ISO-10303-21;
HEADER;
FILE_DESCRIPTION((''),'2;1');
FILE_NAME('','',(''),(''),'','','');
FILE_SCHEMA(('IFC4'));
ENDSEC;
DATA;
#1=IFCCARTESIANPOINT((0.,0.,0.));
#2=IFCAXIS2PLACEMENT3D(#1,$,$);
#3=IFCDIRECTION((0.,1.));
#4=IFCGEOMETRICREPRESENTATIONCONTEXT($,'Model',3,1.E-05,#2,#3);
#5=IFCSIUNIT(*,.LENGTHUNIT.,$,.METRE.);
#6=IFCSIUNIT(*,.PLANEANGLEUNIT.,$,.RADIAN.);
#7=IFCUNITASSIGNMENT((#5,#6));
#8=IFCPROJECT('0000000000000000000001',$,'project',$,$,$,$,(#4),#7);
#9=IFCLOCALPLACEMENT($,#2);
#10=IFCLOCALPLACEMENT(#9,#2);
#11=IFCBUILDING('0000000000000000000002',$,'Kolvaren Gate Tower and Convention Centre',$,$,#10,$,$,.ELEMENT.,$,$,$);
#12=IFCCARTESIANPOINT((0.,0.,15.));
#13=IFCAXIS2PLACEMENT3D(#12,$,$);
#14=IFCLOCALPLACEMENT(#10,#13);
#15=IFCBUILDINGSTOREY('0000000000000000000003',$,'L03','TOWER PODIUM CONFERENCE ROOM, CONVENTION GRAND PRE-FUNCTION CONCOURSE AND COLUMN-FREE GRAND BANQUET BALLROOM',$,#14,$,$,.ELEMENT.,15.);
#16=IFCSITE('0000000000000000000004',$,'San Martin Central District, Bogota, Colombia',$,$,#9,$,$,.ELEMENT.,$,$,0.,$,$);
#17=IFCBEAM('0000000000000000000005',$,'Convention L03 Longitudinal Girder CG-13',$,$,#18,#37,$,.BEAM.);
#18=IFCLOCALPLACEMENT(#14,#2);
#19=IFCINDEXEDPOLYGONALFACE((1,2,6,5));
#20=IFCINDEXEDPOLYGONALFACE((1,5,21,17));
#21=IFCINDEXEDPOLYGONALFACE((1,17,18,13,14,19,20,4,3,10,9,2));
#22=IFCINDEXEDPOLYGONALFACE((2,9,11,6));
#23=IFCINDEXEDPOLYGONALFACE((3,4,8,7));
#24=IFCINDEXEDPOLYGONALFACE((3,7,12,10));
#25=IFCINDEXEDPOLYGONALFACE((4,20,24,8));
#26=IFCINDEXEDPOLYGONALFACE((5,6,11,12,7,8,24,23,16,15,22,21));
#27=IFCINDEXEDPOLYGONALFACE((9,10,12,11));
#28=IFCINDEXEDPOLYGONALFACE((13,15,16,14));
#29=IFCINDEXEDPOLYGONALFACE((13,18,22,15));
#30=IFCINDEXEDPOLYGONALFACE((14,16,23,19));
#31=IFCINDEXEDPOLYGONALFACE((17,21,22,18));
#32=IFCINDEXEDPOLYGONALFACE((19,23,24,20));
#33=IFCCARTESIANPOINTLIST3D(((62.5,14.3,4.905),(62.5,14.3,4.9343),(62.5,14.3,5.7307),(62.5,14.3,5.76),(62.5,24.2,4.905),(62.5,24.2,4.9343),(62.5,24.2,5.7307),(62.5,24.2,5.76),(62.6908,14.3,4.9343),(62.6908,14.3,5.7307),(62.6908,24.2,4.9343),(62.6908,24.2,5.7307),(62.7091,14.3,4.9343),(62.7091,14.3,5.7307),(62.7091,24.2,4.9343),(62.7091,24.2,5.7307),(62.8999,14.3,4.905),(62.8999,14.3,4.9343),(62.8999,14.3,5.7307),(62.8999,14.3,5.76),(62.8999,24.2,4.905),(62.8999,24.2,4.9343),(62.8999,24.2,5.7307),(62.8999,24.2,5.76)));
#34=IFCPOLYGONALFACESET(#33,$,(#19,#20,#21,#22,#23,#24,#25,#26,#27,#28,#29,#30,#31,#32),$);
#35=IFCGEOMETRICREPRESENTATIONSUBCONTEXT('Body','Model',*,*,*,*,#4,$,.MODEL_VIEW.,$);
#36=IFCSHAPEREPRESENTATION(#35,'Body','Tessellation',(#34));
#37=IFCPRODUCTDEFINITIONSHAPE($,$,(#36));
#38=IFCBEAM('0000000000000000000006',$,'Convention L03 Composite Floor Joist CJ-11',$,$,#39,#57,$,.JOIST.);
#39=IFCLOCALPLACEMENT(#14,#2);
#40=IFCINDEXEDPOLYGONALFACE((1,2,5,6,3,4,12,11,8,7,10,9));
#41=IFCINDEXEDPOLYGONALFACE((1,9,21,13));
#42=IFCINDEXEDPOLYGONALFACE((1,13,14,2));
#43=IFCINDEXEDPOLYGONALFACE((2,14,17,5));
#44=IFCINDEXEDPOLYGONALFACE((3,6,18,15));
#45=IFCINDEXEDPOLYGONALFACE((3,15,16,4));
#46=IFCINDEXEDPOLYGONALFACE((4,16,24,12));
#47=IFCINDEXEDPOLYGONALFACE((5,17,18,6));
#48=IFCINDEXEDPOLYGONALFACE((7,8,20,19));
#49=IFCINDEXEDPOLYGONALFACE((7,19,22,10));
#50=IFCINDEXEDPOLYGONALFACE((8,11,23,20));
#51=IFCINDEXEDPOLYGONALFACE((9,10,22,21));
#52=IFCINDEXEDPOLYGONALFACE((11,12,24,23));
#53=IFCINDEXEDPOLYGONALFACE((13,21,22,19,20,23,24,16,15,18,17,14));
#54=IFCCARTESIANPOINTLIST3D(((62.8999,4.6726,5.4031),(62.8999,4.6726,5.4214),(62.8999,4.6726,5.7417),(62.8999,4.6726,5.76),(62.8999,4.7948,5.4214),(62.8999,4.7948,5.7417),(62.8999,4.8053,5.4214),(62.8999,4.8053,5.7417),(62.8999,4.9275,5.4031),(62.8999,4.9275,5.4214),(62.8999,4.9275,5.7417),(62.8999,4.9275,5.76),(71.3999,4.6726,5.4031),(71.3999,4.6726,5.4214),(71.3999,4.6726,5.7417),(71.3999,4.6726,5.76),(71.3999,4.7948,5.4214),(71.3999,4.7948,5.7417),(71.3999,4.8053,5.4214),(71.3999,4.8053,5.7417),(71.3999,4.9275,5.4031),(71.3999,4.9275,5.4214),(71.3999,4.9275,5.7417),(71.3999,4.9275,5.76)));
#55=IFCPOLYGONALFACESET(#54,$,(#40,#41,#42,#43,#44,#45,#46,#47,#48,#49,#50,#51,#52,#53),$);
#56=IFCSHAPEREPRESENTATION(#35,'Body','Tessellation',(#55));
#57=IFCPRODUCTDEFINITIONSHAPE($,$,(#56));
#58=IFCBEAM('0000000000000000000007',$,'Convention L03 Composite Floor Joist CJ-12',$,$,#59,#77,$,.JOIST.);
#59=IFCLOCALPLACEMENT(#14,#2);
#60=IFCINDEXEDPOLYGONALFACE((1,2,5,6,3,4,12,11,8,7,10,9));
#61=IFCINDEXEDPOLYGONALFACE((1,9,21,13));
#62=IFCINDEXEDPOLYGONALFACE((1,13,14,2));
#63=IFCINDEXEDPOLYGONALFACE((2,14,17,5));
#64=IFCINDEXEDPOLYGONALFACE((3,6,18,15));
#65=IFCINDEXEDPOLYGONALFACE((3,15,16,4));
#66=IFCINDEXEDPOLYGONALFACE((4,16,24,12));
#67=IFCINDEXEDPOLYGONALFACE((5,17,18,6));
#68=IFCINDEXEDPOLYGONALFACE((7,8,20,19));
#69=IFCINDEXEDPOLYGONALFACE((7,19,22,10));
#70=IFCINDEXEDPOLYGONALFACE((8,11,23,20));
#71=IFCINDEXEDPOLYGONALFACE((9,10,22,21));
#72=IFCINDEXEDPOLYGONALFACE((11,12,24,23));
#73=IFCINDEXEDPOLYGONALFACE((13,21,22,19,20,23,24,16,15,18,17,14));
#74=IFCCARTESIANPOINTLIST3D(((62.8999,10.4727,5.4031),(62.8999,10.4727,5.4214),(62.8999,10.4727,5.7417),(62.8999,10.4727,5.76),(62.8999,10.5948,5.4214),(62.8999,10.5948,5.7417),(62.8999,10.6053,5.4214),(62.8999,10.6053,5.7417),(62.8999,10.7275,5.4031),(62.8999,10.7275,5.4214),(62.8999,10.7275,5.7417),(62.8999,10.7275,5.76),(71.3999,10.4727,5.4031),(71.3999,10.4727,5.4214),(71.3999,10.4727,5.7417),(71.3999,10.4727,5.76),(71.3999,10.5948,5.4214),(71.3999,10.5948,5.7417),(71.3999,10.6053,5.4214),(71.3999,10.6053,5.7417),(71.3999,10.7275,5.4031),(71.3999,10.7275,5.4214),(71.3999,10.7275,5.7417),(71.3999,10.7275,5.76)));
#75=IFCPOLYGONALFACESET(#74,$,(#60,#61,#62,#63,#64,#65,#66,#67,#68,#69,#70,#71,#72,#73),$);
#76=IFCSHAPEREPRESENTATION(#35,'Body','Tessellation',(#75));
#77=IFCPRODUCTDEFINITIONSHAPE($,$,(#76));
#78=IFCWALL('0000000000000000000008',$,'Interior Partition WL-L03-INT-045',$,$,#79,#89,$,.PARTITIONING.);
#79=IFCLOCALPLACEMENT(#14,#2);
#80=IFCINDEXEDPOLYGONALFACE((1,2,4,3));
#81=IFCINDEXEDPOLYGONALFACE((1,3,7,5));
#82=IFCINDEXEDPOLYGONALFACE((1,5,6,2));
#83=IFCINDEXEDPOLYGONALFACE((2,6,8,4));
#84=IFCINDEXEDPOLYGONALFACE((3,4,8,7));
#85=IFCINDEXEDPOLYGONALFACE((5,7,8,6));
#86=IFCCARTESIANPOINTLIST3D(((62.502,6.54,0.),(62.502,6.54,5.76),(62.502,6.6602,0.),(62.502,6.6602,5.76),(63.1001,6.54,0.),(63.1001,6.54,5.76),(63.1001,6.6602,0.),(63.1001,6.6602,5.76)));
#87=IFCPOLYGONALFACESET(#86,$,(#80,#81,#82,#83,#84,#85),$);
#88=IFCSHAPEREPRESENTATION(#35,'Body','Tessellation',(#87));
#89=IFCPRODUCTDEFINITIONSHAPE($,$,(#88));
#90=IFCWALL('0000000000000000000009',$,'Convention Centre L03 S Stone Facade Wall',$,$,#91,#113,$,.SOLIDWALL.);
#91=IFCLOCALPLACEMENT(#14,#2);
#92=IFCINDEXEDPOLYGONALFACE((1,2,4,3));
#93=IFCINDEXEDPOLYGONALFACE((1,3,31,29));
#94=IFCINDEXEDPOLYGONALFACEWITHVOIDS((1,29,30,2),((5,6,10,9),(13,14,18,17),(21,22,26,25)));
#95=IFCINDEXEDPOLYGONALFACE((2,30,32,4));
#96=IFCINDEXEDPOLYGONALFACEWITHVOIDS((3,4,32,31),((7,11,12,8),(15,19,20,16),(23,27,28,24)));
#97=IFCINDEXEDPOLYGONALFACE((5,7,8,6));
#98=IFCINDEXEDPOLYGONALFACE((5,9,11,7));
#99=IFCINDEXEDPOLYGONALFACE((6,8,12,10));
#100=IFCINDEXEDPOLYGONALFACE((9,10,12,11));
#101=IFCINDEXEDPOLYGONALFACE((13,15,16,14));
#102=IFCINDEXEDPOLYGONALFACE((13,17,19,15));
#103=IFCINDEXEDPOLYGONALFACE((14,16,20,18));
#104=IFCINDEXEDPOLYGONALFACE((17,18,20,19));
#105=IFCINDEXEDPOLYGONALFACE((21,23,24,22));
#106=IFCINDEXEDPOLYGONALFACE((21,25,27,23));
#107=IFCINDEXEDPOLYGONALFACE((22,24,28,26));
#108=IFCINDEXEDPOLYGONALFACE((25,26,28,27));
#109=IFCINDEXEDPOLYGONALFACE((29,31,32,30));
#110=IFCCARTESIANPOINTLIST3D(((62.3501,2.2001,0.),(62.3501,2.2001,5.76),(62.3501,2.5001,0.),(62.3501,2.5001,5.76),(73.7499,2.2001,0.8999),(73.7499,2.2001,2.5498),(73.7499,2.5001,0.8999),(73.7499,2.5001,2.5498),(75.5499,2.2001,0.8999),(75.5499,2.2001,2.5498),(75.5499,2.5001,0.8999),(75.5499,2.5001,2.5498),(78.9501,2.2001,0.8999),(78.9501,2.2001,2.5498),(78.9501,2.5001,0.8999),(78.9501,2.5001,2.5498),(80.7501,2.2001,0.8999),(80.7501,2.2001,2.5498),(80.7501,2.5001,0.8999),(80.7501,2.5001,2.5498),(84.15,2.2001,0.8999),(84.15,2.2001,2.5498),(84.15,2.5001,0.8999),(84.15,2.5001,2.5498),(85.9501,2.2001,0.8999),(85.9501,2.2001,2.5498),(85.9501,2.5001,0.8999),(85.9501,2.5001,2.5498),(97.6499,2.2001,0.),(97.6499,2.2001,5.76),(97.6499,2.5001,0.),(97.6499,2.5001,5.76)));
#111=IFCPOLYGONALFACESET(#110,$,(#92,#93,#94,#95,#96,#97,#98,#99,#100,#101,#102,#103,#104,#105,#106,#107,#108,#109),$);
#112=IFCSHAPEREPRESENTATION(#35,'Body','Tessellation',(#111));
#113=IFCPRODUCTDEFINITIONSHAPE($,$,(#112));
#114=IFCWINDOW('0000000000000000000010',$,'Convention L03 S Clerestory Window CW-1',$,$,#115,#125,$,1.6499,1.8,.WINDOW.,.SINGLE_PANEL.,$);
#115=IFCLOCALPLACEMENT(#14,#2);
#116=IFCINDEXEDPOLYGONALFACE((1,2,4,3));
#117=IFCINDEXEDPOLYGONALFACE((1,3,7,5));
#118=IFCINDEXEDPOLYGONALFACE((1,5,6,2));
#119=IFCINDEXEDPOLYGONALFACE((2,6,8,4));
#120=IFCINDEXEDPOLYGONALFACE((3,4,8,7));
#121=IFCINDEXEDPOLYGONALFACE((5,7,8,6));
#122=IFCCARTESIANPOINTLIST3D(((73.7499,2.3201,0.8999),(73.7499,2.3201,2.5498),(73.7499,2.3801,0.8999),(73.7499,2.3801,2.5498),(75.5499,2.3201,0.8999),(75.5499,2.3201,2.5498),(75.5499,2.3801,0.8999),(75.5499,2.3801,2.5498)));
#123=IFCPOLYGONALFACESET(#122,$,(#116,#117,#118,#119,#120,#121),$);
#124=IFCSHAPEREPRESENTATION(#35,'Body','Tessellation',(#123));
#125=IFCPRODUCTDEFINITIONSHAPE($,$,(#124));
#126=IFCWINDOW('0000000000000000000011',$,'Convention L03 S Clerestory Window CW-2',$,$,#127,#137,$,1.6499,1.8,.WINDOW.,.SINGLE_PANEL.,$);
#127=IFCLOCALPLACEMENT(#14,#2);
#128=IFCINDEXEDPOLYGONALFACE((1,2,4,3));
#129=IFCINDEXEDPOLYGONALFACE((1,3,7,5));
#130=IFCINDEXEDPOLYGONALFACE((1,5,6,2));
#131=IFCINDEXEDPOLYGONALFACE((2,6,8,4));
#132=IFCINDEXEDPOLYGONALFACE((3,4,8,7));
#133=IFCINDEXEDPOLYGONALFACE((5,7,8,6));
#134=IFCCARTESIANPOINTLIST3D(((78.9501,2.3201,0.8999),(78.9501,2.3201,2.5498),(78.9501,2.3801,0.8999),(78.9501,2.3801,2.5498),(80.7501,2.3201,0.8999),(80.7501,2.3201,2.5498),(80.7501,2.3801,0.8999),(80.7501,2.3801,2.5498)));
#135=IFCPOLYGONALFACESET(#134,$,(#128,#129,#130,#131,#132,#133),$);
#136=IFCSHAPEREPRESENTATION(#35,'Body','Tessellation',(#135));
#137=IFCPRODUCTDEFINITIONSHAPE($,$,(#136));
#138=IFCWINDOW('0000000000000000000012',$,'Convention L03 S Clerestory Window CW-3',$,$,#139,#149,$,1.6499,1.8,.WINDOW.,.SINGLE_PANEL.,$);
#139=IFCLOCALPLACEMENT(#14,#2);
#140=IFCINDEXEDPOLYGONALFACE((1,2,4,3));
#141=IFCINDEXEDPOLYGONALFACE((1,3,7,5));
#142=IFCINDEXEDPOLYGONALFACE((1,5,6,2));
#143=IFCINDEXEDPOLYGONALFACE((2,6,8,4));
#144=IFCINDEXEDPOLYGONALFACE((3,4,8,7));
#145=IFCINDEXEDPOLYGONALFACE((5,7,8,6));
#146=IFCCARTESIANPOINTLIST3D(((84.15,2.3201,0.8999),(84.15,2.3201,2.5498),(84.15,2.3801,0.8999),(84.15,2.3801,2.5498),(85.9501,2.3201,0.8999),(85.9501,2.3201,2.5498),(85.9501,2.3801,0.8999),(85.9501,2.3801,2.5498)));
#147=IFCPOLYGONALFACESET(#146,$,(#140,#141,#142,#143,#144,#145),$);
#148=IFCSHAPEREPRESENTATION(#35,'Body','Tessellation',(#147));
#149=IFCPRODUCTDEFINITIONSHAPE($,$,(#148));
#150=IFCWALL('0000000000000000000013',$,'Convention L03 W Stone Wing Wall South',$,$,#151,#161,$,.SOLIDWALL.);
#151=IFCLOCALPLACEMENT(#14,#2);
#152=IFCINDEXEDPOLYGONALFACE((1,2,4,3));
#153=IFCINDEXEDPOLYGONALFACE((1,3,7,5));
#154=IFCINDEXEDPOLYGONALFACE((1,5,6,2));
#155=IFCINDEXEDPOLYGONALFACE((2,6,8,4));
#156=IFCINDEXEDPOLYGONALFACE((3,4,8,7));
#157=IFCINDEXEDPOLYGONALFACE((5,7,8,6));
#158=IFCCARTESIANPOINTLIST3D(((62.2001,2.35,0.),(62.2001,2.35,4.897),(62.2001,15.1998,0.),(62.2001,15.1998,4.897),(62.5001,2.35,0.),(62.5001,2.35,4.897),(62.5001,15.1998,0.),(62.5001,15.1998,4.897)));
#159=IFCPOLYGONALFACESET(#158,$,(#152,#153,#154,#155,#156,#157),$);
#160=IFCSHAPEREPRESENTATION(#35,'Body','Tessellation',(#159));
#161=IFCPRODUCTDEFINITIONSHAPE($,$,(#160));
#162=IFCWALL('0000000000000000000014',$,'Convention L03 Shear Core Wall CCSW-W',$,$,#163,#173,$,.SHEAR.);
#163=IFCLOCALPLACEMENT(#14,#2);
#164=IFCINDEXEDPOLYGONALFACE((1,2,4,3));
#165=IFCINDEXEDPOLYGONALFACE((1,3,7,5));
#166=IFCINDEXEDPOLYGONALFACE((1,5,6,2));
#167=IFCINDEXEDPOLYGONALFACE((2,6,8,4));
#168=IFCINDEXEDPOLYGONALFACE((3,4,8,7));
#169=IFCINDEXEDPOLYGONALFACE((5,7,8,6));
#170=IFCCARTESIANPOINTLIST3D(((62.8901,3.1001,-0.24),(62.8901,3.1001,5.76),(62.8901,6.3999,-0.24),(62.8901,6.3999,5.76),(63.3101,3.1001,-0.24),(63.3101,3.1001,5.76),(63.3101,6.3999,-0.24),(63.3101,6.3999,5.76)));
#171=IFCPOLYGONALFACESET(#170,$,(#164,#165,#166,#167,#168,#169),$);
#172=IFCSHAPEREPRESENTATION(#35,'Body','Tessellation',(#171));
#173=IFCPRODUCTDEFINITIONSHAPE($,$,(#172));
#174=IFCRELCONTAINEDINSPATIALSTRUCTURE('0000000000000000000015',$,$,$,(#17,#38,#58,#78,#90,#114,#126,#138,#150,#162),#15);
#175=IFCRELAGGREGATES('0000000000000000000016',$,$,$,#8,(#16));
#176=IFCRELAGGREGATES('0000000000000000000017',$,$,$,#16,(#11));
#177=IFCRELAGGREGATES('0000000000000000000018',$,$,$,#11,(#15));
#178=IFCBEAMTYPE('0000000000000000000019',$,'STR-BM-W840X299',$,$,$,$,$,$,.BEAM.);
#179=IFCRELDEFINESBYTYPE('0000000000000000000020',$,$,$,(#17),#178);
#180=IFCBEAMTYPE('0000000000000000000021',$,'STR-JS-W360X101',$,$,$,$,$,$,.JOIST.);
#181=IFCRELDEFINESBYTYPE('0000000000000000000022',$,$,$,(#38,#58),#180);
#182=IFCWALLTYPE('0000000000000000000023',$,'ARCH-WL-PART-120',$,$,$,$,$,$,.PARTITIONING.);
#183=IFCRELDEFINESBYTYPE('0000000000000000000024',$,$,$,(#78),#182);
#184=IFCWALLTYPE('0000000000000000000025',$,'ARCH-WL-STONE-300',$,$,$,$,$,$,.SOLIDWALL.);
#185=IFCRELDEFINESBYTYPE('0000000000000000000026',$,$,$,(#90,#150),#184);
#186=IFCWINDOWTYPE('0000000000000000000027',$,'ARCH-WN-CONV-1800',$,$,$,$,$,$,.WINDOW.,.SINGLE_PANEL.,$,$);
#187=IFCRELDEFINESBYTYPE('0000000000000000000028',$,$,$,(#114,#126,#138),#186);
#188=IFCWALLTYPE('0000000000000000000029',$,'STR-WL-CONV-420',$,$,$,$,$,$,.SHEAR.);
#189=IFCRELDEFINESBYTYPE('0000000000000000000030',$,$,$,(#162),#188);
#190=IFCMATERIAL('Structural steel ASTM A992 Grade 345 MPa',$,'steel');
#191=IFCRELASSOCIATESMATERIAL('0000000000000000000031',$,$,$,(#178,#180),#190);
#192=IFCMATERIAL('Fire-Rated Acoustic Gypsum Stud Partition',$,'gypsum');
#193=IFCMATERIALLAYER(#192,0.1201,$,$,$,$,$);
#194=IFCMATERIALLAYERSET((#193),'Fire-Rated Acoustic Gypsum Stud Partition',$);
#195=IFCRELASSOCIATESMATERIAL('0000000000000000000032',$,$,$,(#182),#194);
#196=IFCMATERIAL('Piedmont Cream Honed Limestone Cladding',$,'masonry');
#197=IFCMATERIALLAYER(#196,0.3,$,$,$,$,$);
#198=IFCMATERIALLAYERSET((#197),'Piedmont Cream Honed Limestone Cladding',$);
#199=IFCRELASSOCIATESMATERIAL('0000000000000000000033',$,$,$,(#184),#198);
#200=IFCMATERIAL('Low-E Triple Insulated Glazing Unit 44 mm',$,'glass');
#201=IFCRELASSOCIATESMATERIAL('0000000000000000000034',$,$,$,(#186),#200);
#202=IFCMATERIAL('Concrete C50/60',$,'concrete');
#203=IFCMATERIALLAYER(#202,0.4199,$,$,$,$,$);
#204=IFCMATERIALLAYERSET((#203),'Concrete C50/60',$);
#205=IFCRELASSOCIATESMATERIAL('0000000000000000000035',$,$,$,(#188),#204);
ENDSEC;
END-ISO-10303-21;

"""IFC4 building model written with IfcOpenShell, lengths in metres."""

from ifc_helpers import new_model, si_unit, direction, frame, frame_2d, origin, origin_2d, place, context, subcontext, project, spatial, rectangle, i_section, extrude, material, layer, layer_set, material_profile, profile_set, type_object, element, fill, save


model = new_model("IFC4")

# Units and contexts
model_context = context("Model", 3, precision=1e-05, world=origin(), true_north=direction((0.0, 1.0)))
body_context = subcontext(model_context, "Body", "Model", "MODEL_VIEW")
ifc_project = project(units=[si_unit("LENGTHUNIT", "METRE"), si_unit("PLANEANGLEUNIT", "RADIAN")], contexts=[model_context])

# Site, building, storey
site_placement = place(None, origin())
site = spatial("IfcSite", under=ifc_project, at=site_placement, Name="San Martin Central District, Bogota, Colombia", CompositionType="ELEMENT", RefElevation=0.0)
building_placement = place(site_placement, origin())
building = spatial("IfcBuilding", under=site, at=building_placement, Name="Kolvaren Gate Tower and Convention Centre", CompositionType="ELEMENT")
storey_placement = place(building_placement, frame((0.0, 0.0, 15.0)))
storey = spatial("IfcBuildingStorey", under=building, at=storey_placement, Name="L03", Description="TOWER PODIUM CONFERENCE ROOM, CONVENTION GRAND PRE-FUNCTION CONCOURSE AND COLUMN-FREE GRAND BANQUET BALLROOM", CompositionType="ELEMENT", Elevation=15.0)

# Shared definitions
ifc_material_1 = material(Name="Structural steel ASTM A992 Grade 345 MPa", Category="steel")

# Beams
ifc_material_profile_1 = material_profile(ifc_material_1, i_section(OverallWidth=0.3999, OverallDepth=0.855, WebThickness=0.0183, FlangeThickness=0.0293, at=origin_2d()), Name="W840X299")
ifc_profile_set_1 = profile_set([ifc_material_profile_1], Name="Structural steel ASTM A992 Grade 345 MPa")
beam_type_1 = type_object("IfcBeamType", Name="STR-BM-W840X299", PredefinedType="BEAM", material=ifc_profile_set_1)
beam_1_placement = place(storey_placement, frame((62.7, 14.3, 5.3325), z_axis=(0.0, 1.0, 0.0), x_axis=(-1.0, 0.0, 0.0)))
element("IfcBeam", 1, at=beam_1_placement, inside=storey, type_object=beam_type_1, Name="Convention L03 Longitudinal Girder CG-13", PredefinedType="BEAM", context=body_context, shape_type="SweptSolid", body=[
    extrude(i_section(OverallWidth=0.3999, OverallDepth=0.855, WebThickness=0.0183, FlangeThickness=0.0293, at=origin_2d()), origin(), (0.0, 0.0, 1.0), 9.8999),
])
ifc_material_profile_2 = material_profile(ifc_material_1, i_section(OverallWidth=0.2549, OverallDepth=0.3569, WebThickness=0.0105, FlangeThickness=0.0183, at=origin_2d()), Name="W360X101")
ifc_profile_set_2 = profile_set([ifc_material_profile_2], Name="Structural steel ASTM A992 Grade 345 MPa")
beam_type_2 = type_object("IfcBeamType", Name="STR-JS-W360X101", PredefinedType="JOIST", material=ifc_profile_set_2)
for number, where, z_axis, x_axis, name in (
    (2, (62.8999, 4.8, 5.5815), (1.0, 0.0, 0.0), (0.0, 1.0, 0.0), "Convention L03 Composite Floor Joist CJ-11"),
    (3, (62.8999, 10.6001, 5.5815), (1.0, 0.0, 0.0), (0.0, 1.0, 0.0), "Convention L03 Composite Floor Joist CJ-12"),
):
    element("IfcBeam", number, at=place(storey_placement, frame(where, z_axis=z_axis, x_axis=x_axis)), inside=storey, type_object=beam_type_2, Name=name, PredefinedType="JOIST", context=body_context, shape_type="SweptSolid", body=[
        extrude(i_section(OverallWidth=0.2549, OverallDepth=0.3569, WebThickness=0.0105, FlangeThickness=0.0183, at=origin_2d()), origin(), (0.0, 0.0, 1.0), 8.5),
    ])

# Wall
ifc_material_2 = material(Name="Fire-Rated Acoustic Gypsum Stud Partition", Category="gypsum")
ifc_layer_1 = layer(ifc_material_2, 0.1201)
ifc_layer_set_1 = layer_set([ifc_layer_1], Name="Fire-Rated Acoustic Gypsum Stud Partition")
wall_type_1 = type_object("IfcWallType", Name="ARCH-WL-PART-120", PredefinedType="PARTITIONING", material=ifc_layer_set_1)
wall_1_placement = place(storey_placement, frame((62.502, 6.6001, 0.0), z_axis=(0.0, 0.0, 1.0), x_axis=(1.0, 0.0, 0.0)))
element("IfcWall", 4, at=wall_1_placement, inside=storey, type_object=wall_type_1, Name="Interior Partition WL-L03-INT-045", PredefinedType="PARTITIONING", context=body_context, shape_type="SweptSolid", body=[
    extrude(rectangle(XDim=0.5981, YDim=0.1201, at=frame_2d((0.2991, 0.0))), origin(), (0.0, 0.0, 1.0), 5.76),
])

# Wall, openings, windows
ifc_material_3 = material(Name="Piedmont Cream Honed Limestone Cladding", Category="masonry")
ifc_layer_2 = layer(ifc_material_3, 0.3)
ifc_layer_set_2 = layer_set([ifc_layer_2], Name="Piedmont Cream Honed Limestone Cladding")
wall_type_2 = type_object("IfcWallType", Name="ARCH-WL-STONE-300", PredefinedType="SOLIDWALL", material=ifc_layer_set_2)
wall_2_placement = place(storey_placement, frame((62.3501, 2.3501, 0.0), z_axis=(0.0, 0.0, 1.0), x_axis=(1.0, 0.0, 0.0)))
wall_2 = element("IfcWall", 5, at=wall_2_placement, inside=storey, type_object=wall_type_2, Name="Convention Centre L03 S Stone Facade Wall", PredefinedType="SOLIDWALL", context=body_context, shape_type="SweptSolid", body=[
    extrude(rectangle(XDim=35.2998, YDim=0.3, at=frame_2d((17.6499, 0.0))), origin(), (0.0, 0.0, 1.0), 5.76),
])
opening_1_placement = place(wall_2_placement, frame((11.3999, 0.0, 0.8999)))
opening_1 = element("IfcOpeningElement", 6, at=opening_1_placement, cuts=wall_2, PredefinedType="OPENING", context=body_context, shape_type="SweptSolid", body=[
    extrude(rectangle(XDim=1.8, YDim=1.6499, at=frame_2d((0.8999, 0.825))), frame((0.0, 0.1599, 0.0), z_axis=(0.0, -1.0, 0.0), x_axis=(1.0, 0.0, 0.0)), (0.0, 0.0, 1.0), 0.3201),
])
opening_2_placement = place(wall_2_placement, frame((16.6001, 0.0, 0.8999)))
opening_2 = element("IfcOpeningElement", 7, at=opening_2_placement, cuts=wall_2, PredefinedType="OPENING", context=body_context, shape_type="SweptSolid", body=[
    extrude(rectangle(XDim=1.8, YDim=1.6499, at=frame_2d((0.8999, 0.825))), frame((0.0, 0.1599, 0.0), z_axis=(0.0, -1.0, 0.0), x_axis=(1.0, 0.0, 0.0)), (0.0, 0.0, 1.0), 0.3201),
])
opening_3_placement = place(wall_2_placement, frame((21.8, 0.0, 0.8999)))
opening_3 = element("IfcOpeningElement", 8, at=opening_3_placement, cuts=wall_2, PredefinedType="OPENING", context=body_context, shape_type="SweptSolid", body=[
    extrude(rectangle(XDim=1.8, YDim=1.6499, at=frame_2d((0.8999, 0.825))), frame((0.0, 0.1599, 0.0), z_axis=(0.0, -1.0, 0.0), x_axis=(1.0, 0.0, 0.0)), (0.0, 0.0, 1.0), 0.3201),
])
ifc_material_4 = material(Name="Low-E Triple Insulated Glazing Unit 44 mm", Category="glass")
window_type = type_object("IfcWindowType", Name="ARCH-WN-CONV-1800", PartitioningType="SINGLE_PANEL", PredefinedType="WINDOW", material=ifc_material_4)
window_1_placement = place(opening_1_placement, origin())
window_1 = element("IfcWindow", 9, at=window_1_placement, inside=storey, type_object=window_type, Name="Convention L03 S Clerestory Window CW-1", OverallHeight=1.6499, OverallWidth=1.8, PartitioningType="SINGLE_PANEL", PredefinedType="WINDOW", context=body_context, shape_type="SweptSolid", body=[
    extrude(rectangle(XDim=1.8, YDim=1.6499, at=frame_2d((0.8999, 0.825))), frame((0.0, 0.03, 0.0), z_axis=(0.0, -1.0, 0.0), x_axis=(1.0, 0.0, 0.0)), (0.0, 0.0, 1.0), 0.0601),
])
fill(opening_1, window_1)
window_2_placement = place(opening_2_placement, origin())
window_2 = element("IfcWindow", 10, at=window_2_placement, inside=storey, type_object=window_type, Name="Convention L03 S Clerestory Window CW-2", OverallHeight=1.6499, OverallWidth=1.8, PartitioningType="SINGLE_PANEL", PredefinedType="WINDOW", context=body_context, shape_type="SweptSolid", body=[
    extrude(rectangle(XDim=1.8, YDim=1.6499, at=frame_2d((0.8999, 0.825))), frame((0.0, 0.03, 0.0), z_axis=(0.0, -1.0, 0.0), x_axis=(1.0, 0.0, 0.0)), (0.0, 0.0, 1.0), 0.0601),
])
fill(opening_2, window_2)
window_3_placement = place(opening_3_placement, origin())
window_3 = element("IfcWindow", 11, at=window_3_placement, inside=storey, type_object=window_type, Name="Convention L03 S Clerestory Window CW-3", OverallHeight=1.6499, OverallWidth=1.8, PartitioningType="SINGLE_PANEL", PredefinedType="WINDOW", context=body_context, shape_type="SweptSolid", body=[
    extrude(rectangle(XDim=1.8, YDim=1.6499, at=frame_2d((0.8999, 0.825))), frame((0.0, 0.03, 0.0), z_axis=(0.0, -1.0, 0.0), x_axis=(1.0, 0.0, 0.0)), (0.0, 0.0, 1.0), 0.0601),
])
fill(opening_3, window_3)

# Walls
wall_3_placement = place(storey_placement, frame((62.3501, 2.3501, 0.0), z_axis=(0.0, 0.0, 1.0), x_axis=(0.0, 1.0, 0.0)))
element("IfcWall", 12, at=wall_3_placement, inside=storey, type_object=wall_type_2, Name="Convention L03 W Stone Wing Wall South", PredefinedType="SOLIDWALL", context=body_context, shape_type="SweptSolid", body=[
    extrude(rectangle(XDim=12.8499, YDim=0.3, at=frame_2d((6.4248, 0.0))), origin(), (0.0, 0.0, 1.0), 4.897),
])
ifc_material_5 = material(Name="Concrete C50/60", Category="concrete")
ifc_layer_3 = layer(ifc_material_5, 0.4199)
ifc_layer_set_3 = layer_set([ifc_layer_3], Name="Concrete C50/60")
wall_type_3 = type_object("IfcWallType", Name="STR-WL-CONV-420", PredefinedType="SHEAR", material=ifc_layer_set_3)
wall_4_placement = place(storey_placement, frame((63.1001, 3.1001, -0.24), z_axis=(0.0, 0.0, 1.0), x_axis=(0.0, 1.0, 0.0)))
element("IfcWall", 13, at=wall_4_placement, inside=storey, type_object=wall_type_3, Name="Convention L03 Shear Core Wall CCSW-W", PredefinedType="SHEAR", context=body_context, shape_type="SweptSolid", body=[
    extrude(rectangle(XDim=3.2998, YDim=0.4199, at=frame_2d((1.6499, 0.0))), origin(), (0.0, 0.0, 1.0), 6.0),
])

save(model, "model.ifc")
